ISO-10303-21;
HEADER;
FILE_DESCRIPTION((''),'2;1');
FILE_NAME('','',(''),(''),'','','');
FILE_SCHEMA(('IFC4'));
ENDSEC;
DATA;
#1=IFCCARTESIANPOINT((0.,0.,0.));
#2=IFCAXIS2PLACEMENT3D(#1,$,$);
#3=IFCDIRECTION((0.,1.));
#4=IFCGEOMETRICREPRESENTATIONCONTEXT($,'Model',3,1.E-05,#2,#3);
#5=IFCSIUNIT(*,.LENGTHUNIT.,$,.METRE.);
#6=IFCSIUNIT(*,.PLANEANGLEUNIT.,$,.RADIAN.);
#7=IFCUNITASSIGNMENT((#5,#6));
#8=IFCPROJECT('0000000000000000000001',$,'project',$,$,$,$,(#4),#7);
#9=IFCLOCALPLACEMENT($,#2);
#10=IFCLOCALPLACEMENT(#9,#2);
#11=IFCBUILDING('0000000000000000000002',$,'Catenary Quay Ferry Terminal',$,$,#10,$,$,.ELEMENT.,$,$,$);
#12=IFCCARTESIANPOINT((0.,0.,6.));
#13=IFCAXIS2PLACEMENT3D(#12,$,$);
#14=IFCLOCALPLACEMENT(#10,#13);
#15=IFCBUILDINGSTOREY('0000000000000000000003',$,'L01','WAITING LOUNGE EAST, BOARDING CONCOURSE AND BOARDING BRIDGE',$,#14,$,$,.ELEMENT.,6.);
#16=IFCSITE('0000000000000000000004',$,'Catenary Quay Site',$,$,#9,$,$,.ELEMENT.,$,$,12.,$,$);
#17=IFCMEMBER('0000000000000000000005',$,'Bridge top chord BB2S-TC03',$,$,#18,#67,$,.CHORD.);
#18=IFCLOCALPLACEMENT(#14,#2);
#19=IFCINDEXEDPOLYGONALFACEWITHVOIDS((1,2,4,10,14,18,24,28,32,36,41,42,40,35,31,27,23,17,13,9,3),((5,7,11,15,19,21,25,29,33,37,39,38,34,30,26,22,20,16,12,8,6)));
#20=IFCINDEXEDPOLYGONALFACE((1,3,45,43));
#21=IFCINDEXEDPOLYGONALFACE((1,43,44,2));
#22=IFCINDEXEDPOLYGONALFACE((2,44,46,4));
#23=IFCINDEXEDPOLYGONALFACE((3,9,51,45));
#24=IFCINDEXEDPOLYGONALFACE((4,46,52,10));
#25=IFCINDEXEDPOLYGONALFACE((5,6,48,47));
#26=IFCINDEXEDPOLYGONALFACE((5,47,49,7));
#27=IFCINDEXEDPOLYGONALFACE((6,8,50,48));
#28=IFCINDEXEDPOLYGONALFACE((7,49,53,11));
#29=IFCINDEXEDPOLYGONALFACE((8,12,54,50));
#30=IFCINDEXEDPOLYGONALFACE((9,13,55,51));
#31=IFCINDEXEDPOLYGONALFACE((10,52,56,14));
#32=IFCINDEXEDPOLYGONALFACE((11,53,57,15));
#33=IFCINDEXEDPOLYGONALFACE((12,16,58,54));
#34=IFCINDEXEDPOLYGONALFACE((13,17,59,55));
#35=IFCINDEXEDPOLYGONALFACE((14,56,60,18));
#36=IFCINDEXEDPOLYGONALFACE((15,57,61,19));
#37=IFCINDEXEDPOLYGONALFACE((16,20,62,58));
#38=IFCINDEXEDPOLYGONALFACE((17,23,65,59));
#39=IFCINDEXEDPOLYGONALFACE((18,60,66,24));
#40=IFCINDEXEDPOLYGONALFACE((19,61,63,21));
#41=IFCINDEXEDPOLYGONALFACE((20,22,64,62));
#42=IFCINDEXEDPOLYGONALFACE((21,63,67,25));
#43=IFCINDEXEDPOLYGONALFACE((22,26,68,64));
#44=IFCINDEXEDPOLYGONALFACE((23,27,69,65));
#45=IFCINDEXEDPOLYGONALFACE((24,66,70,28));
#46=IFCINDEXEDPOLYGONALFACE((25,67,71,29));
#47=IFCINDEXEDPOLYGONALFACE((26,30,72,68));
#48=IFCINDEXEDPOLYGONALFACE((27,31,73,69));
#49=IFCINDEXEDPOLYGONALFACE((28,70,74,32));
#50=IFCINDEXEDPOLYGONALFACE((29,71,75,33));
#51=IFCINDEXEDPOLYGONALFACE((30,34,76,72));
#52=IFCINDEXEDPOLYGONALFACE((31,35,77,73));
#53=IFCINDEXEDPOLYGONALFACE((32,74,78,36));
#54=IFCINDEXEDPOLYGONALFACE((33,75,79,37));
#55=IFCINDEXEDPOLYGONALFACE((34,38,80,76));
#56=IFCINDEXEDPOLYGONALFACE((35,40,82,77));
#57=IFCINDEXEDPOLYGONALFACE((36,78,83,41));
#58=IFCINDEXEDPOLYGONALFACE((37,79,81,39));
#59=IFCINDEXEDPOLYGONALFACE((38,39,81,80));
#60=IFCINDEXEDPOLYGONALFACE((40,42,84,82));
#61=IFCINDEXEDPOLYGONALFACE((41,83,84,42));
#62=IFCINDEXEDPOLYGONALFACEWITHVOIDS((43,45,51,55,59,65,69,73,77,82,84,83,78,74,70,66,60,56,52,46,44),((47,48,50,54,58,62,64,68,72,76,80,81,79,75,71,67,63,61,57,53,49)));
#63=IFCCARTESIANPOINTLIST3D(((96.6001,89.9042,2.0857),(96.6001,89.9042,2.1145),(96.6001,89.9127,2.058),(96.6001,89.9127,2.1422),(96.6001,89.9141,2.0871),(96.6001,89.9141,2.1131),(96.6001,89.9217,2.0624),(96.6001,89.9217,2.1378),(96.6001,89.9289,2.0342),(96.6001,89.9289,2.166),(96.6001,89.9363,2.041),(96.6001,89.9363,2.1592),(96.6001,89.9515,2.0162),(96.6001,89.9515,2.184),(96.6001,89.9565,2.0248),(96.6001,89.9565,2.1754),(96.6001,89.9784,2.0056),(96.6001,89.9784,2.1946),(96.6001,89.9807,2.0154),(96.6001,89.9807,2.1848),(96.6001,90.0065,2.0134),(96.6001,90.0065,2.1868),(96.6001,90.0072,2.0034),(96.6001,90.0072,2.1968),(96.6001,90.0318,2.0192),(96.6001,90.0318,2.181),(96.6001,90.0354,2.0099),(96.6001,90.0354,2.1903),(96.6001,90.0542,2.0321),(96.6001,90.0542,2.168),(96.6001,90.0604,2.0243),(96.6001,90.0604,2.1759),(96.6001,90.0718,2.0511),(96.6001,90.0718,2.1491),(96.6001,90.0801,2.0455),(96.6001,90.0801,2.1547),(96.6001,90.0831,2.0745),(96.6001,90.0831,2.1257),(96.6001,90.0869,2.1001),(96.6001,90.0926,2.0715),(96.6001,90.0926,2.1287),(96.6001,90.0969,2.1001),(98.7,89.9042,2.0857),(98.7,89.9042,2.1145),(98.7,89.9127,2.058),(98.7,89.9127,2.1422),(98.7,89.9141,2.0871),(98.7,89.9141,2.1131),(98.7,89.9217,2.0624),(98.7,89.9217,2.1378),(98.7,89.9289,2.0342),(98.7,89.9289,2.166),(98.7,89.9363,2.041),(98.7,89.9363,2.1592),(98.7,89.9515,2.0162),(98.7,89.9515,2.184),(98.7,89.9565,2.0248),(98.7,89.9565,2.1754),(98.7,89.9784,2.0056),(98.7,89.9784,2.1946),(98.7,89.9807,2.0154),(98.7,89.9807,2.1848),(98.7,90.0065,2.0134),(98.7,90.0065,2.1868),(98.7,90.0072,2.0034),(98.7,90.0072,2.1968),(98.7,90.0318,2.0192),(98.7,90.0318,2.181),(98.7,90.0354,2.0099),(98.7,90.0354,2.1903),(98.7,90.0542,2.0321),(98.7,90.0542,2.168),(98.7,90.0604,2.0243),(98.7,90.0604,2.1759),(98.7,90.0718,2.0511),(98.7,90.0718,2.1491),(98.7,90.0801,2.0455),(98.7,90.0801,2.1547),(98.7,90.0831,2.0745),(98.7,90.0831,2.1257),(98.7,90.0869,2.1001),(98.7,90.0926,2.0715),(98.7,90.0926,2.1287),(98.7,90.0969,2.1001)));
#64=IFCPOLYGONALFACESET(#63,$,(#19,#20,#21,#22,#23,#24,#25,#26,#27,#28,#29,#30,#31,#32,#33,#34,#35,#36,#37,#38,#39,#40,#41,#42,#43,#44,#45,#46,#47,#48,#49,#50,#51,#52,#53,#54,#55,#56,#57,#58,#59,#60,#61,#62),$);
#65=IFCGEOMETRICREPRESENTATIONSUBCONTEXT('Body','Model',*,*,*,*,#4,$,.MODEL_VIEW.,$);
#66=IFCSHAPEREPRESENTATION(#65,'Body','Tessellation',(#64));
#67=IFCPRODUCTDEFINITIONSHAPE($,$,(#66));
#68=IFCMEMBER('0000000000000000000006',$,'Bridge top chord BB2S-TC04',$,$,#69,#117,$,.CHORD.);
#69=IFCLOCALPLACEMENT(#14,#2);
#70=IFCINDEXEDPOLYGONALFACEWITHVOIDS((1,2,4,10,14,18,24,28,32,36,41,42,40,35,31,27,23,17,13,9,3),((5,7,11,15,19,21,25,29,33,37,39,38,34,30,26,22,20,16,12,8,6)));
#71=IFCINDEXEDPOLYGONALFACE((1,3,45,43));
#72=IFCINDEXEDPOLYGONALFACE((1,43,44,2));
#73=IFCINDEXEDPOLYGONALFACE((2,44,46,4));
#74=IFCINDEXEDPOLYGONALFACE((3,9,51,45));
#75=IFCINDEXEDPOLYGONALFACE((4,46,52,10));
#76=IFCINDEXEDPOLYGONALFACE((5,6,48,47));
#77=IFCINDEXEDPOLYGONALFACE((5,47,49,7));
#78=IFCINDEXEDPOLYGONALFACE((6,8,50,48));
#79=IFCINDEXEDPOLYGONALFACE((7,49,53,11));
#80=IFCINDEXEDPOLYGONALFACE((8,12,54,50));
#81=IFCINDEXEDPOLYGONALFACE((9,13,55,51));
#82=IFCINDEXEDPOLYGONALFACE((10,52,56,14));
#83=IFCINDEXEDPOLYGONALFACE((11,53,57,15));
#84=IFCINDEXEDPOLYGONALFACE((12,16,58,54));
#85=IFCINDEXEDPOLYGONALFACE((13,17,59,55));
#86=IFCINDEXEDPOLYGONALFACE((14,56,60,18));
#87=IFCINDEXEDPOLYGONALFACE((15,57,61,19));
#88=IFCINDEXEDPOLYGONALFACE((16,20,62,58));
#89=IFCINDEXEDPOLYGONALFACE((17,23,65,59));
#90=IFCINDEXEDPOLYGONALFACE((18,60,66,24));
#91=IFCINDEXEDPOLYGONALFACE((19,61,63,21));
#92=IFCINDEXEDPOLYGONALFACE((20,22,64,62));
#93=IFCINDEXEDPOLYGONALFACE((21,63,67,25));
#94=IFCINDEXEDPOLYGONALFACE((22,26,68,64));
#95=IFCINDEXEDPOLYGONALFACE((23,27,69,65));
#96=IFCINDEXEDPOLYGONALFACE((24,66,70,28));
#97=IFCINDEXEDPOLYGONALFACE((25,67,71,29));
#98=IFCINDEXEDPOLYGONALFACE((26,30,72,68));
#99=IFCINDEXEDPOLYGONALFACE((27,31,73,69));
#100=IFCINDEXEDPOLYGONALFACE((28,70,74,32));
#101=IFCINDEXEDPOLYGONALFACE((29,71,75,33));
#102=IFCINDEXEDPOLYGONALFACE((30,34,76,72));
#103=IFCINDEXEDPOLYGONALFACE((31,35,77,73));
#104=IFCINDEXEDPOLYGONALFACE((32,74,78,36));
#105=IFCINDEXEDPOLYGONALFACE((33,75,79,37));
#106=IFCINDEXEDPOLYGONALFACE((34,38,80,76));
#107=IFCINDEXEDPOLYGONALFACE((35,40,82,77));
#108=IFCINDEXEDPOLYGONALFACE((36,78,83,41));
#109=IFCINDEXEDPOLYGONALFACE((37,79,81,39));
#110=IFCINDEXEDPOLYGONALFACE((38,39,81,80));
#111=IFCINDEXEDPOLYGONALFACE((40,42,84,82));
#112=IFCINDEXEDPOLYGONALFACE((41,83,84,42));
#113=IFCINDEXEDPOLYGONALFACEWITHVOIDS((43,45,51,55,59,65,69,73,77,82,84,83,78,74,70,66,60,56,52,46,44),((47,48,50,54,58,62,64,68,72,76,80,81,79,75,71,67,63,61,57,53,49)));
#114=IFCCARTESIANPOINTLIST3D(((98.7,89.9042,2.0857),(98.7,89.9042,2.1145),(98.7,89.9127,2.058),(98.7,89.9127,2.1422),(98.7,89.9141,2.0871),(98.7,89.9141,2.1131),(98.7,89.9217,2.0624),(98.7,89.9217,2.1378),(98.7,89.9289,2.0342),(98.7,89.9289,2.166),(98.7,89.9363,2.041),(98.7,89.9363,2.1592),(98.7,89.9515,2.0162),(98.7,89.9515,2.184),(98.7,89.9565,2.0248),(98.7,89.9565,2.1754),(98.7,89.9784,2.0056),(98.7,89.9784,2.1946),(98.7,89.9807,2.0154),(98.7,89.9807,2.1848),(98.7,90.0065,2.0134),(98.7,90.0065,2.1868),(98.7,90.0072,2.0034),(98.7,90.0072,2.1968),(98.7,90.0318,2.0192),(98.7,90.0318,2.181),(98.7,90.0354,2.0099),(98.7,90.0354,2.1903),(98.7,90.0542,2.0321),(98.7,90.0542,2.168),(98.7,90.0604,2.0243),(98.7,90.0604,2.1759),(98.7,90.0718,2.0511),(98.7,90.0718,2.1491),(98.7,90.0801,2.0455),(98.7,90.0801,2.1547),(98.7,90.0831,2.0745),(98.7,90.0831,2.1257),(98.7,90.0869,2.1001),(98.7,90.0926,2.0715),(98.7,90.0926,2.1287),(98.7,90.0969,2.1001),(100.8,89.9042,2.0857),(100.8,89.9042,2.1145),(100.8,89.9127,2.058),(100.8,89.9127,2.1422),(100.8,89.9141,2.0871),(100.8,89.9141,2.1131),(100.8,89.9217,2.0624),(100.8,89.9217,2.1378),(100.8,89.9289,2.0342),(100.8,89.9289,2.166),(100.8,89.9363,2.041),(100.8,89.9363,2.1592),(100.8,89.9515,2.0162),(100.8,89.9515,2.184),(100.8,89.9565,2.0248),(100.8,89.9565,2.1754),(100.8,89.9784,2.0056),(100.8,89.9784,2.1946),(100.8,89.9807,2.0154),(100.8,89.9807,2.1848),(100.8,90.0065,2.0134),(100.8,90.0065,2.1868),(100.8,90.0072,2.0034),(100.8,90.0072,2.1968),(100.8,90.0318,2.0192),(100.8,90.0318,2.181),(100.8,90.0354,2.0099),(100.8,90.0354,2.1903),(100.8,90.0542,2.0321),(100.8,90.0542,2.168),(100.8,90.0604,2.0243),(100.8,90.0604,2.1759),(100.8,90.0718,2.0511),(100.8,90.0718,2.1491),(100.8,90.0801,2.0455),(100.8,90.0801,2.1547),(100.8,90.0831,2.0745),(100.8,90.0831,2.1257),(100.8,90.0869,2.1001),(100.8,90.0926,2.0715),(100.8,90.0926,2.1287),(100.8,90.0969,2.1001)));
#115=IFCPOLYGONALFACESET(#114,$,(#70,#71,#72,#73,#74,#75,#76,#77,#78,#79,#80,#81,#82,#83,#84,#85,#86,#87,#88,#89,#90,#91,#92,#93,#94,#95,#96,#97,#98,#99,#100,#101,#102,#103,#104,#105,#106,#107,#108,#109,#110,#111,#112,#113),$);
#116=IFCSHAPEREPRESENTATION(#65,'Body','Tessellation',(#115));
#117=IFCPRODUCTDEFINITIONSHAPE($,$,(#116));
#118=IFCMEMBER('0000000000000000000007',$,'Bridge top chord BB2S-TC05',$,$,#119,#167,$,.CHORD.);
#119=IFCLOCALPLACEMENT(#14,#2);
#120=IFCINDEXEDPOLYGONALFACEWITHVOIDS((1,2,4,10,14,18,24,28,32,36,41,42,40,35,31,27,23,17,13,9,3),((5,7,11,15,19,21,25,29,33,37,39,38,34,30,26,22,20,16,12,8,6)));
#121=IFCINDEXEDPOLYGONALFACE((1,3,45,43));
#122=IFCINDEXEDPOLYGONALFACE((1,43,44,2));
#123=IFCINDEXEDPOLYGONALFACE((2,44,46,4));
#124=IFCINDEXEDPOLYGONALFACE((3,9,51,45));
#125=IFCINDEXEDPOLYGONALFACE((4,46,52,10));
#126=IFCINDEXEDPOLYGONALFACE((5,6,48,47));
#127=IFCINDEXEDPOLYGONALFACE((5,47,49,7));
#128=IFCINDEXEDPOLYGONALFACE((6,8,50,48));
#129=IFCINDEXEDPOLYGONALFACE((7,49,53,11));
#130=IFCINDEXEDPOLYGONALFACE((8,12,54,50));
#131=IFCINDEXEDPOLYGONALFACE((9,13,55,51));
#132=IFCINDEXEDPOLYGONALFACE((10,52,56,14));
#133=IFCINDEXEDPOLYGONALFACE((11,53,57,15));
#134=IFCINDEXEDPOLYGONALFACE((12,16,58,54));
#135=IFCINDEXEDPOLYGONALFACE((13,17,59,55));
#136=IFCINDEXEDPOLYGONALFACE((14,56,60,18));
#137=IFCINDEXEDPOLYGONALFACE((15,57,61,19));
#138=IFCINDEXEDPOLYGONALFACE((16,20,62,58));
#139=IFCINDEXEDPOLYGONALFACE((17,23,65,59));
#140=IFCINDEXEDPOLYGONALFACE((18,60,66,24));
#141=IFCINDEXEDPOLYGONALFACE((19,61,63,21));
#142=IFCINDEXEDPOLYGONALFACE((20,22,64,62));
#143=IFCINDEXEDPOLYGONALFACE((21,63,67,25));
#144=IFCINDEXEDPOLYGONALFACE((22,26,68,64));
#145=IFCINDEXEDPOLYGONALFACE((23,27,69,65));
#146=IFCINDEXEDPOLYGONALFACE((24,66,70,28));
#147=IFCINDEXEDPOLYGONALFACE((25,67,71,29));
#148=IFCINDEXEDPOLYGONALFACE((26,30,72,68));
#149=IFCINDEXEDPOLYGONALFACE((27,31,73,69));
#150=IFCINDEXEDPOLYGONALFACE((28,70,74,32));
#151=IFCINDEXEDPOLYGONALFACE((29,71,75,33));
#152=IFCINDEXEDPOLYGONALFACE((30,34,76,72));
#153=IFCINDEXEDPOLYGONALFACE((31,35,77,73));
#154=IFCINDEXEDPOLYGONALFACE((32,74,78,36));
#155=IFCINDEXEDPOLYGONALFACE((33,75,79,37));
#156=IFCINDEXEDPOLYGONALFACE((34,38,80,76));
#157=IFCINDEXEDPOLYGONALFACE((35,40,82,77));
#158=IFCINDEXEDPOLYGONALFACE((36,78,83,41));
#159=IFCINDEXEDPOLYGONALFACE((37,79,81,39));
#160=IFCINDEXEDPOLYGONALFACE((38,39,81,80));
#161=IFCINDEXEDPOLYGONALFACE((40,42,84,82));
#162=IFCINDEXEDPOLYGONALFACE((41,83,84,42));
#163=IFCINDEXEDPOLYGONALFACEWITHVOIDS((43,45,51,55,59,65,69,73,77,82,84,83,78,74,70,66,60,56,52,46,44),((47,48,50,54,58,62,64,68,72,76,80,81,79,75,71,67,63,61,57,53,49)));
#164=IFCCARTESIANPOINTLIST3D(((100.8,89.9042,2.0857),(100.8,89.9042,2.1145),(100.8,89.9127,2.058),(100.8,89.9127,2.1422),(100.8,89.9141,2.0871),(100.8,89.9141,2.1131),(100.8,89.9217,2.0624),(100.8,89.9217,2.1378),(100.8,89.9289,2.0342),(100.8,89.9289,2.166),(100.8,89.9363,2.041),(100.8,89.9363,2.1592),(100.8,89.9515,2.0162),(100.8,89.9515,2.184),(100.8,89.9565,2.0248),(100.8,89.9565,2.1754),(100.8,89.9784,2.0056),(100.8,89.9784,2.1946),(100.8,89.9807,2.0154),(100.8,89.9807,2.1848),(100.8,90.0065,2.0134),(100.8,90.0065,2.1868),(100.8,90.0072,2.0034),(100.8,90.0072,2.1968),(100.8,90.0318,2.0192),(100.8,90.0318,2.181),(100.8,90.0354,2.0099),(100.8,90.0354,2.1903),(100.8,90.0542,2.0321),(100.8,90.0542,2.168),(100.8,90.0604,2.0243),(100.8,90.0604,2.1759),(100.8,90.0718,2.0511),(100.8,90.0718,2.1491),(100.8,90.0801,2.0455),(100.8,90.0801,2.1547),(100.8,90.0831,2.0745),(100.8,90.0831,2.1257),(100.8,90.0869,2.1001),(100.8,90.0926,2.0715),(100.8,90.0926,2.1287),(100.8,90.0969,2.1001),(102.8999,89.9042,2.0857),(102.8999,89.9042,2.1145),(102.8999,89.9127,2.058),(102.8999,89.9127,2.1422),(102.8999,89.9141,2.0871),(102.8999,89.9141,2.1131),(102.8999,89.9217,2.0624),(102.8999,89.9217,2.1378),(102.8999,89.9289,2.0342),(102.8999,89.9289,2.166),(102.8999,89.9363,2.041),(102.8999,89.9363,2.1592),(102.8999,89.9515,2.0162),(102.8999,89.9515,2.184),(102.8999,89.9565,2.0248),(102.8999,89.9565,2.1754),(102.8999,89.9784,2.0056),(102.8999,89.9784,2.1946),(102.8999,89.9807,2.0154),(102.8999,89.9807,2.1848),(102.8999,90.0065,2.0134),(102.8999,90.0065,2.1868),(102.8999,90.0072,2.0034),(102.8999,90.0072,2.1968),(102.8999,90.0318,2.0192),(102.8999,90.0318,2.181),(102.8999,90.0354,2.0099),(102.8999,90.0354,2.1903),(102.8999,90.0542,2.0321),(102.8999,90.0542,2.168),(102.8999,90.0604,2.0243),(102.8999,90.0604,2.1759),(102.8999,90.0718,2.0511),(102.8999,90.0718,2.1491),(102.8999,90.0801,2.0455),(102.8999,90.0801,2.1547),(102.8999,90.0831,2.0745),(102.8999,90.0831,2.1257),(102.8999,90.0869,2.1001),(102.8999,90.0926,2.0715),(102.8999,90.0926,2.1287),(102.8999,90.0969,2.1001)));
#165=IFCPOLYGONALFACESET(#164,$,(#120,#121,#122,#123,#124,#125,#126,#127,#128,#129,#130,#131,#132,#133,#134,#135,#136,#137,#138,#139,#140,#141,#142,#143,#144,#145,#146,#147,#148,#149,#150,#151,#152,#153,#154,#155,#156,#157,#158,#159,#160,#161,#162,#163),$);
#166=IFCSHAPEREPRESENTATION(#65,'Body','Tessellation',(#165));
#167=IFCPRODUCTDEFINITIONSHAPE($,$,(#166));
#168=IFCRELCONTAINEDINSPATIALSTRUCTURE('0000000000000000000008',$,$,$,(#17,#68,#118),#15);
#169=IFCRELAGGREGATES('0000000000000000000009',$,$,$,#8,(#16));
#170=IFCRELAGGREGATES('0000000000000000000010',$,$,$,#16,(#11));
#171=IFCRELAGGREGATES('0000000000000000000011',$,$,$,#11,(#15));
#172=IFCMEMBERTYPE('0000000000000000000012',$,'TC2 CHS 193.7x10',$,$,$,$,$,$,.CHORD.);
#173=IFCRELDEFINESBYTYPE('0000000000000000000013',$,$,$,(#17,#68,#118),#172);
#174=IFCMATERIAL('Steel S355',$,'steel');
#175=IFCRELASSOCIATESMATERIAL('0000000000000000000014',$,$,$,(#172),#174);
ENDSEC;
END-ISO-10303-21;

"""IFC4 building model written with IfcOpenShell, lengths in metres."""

from ifc_helpers import new_model, si_unit, direction, frame, origin, origin_2d, place, context, subcontext, project, spatial, hollow_circle, extrude, material, material_profile, profile_set, type_object, element, save


model = new_model("IFC4")

# Units and contexts
model_context = context("Model", 3, precision=1e-05, world=origin(), true_north=direction((0.0, 1.0)))
body_context = subcontext(model_context, "Body", "Model", "MODEL_VIEW")
ifc_project = project(units=[si_unit("LENGTHUNIT", "METRE"), si_unit("PLANEANGLEUNIT", "RADIAN")], contexts=[model_context])

# Site, building, storey
site_placement = place(None, origin())
site = spatial("IfcSite", under=ifc_project, at=site_placement, Name="Catenary Quay Site", CompositionType="ELEMENT", RefElevation=12.0)
building_placement = place(site_placement, origin())
building = spatial("IfcBuilding", under=site, at=building_placement, Name="Catenary Quay Ferry Terminal", CompositionType="ELEMENT")
storey_placement = place(building_placement, frame((0.0, 0.0, 6.0)))
storey = spatial("IfcBuildingStorey", under=building, at=storey_placement, Name="L01", Description="WAITING LOUNGE EAST, BOARDING CONCOURSE AND BOARDING BRIDGE", CompositionType="ELEMENT", Elevation=6.0)

# Members
ifc_material_1 = material(Name="Steel S355", Category="steel")
ifc_material_profile_1 = material_profile(ifc_material_1, hollow_circle(Radius=0.0969, WallThickness=0.01, at=origin_2d()), Name="CHS 193.7x10")
ifc_profile_set_1 = profile_set([ifc_material_profile_1], Name="Steel S355")
member_type_1 = type_object("IfcMemberType", Name="TC2 CHS 193.7x10", PredefinedType="CHORD", material=ifc_profile_set_1)
member_1_placement = place(storey_placement, frame((96.6001, 90.0, 2.1001), z_axis=(1.0, 0.0, 0.0), x_axis=(0.0, 1.0, 0.0)))
element("IfcMember", 1, at=member_1_placement, inside=storey, type_object=member_type_1, Name="Bridge top chord BB2S-TC03", PredefinedType="CHORD", context=body_context, shape_type="SweptSolid", body=[
    extrude(hollow_circle(Radius=0.0969, WallThickness=0.01, at=origin_2d()), origin(), (0.0, 0.0, 1.0), 2.0999),
])
member_2_placement = place(storey_placement, frame((98.7, 90.0, 2.1001), z_axis=(1.0, 0.0, 0.0), x_axis=(0.0, 1.0, 0.0)))
element("IfcMember", 2, at=member_2_placement, inside=storey, type_object=member_type_1, Name="Bridge top chord BB2S-TC04", PredefinedType="CHORD", context=body_context, shape_type="SweptSolid", body=[
    extrude(hollow_circle(Radius=0.0969, WallThickness=0.01, at=origin_2d()), origin(), (0.0, 0.0, 1.0), 2.1001),
])
member_3_placement = place(storey_placement, frame((100.8, 90.0, 2.1001), z_axis=(1.0, 0.0, 0.0), x_axis=(0.0, 1.0, 0.0)))
element("IfcMember", 3, at=member_3_placement, inside=storey, type_object=member_type_1, Name="Bridge top chord BB2S-TC05", PredefinedType="CHORD", context=body_context, shape_type="SweptSolid", body=[
    extrude(hollow_circle(Radius=0.0969, WallThickness=0.01, at=origin_2d()), origin(), (0.0, 0.0, 1.0), 2.0999),
])

save(model, "model.ifc")
